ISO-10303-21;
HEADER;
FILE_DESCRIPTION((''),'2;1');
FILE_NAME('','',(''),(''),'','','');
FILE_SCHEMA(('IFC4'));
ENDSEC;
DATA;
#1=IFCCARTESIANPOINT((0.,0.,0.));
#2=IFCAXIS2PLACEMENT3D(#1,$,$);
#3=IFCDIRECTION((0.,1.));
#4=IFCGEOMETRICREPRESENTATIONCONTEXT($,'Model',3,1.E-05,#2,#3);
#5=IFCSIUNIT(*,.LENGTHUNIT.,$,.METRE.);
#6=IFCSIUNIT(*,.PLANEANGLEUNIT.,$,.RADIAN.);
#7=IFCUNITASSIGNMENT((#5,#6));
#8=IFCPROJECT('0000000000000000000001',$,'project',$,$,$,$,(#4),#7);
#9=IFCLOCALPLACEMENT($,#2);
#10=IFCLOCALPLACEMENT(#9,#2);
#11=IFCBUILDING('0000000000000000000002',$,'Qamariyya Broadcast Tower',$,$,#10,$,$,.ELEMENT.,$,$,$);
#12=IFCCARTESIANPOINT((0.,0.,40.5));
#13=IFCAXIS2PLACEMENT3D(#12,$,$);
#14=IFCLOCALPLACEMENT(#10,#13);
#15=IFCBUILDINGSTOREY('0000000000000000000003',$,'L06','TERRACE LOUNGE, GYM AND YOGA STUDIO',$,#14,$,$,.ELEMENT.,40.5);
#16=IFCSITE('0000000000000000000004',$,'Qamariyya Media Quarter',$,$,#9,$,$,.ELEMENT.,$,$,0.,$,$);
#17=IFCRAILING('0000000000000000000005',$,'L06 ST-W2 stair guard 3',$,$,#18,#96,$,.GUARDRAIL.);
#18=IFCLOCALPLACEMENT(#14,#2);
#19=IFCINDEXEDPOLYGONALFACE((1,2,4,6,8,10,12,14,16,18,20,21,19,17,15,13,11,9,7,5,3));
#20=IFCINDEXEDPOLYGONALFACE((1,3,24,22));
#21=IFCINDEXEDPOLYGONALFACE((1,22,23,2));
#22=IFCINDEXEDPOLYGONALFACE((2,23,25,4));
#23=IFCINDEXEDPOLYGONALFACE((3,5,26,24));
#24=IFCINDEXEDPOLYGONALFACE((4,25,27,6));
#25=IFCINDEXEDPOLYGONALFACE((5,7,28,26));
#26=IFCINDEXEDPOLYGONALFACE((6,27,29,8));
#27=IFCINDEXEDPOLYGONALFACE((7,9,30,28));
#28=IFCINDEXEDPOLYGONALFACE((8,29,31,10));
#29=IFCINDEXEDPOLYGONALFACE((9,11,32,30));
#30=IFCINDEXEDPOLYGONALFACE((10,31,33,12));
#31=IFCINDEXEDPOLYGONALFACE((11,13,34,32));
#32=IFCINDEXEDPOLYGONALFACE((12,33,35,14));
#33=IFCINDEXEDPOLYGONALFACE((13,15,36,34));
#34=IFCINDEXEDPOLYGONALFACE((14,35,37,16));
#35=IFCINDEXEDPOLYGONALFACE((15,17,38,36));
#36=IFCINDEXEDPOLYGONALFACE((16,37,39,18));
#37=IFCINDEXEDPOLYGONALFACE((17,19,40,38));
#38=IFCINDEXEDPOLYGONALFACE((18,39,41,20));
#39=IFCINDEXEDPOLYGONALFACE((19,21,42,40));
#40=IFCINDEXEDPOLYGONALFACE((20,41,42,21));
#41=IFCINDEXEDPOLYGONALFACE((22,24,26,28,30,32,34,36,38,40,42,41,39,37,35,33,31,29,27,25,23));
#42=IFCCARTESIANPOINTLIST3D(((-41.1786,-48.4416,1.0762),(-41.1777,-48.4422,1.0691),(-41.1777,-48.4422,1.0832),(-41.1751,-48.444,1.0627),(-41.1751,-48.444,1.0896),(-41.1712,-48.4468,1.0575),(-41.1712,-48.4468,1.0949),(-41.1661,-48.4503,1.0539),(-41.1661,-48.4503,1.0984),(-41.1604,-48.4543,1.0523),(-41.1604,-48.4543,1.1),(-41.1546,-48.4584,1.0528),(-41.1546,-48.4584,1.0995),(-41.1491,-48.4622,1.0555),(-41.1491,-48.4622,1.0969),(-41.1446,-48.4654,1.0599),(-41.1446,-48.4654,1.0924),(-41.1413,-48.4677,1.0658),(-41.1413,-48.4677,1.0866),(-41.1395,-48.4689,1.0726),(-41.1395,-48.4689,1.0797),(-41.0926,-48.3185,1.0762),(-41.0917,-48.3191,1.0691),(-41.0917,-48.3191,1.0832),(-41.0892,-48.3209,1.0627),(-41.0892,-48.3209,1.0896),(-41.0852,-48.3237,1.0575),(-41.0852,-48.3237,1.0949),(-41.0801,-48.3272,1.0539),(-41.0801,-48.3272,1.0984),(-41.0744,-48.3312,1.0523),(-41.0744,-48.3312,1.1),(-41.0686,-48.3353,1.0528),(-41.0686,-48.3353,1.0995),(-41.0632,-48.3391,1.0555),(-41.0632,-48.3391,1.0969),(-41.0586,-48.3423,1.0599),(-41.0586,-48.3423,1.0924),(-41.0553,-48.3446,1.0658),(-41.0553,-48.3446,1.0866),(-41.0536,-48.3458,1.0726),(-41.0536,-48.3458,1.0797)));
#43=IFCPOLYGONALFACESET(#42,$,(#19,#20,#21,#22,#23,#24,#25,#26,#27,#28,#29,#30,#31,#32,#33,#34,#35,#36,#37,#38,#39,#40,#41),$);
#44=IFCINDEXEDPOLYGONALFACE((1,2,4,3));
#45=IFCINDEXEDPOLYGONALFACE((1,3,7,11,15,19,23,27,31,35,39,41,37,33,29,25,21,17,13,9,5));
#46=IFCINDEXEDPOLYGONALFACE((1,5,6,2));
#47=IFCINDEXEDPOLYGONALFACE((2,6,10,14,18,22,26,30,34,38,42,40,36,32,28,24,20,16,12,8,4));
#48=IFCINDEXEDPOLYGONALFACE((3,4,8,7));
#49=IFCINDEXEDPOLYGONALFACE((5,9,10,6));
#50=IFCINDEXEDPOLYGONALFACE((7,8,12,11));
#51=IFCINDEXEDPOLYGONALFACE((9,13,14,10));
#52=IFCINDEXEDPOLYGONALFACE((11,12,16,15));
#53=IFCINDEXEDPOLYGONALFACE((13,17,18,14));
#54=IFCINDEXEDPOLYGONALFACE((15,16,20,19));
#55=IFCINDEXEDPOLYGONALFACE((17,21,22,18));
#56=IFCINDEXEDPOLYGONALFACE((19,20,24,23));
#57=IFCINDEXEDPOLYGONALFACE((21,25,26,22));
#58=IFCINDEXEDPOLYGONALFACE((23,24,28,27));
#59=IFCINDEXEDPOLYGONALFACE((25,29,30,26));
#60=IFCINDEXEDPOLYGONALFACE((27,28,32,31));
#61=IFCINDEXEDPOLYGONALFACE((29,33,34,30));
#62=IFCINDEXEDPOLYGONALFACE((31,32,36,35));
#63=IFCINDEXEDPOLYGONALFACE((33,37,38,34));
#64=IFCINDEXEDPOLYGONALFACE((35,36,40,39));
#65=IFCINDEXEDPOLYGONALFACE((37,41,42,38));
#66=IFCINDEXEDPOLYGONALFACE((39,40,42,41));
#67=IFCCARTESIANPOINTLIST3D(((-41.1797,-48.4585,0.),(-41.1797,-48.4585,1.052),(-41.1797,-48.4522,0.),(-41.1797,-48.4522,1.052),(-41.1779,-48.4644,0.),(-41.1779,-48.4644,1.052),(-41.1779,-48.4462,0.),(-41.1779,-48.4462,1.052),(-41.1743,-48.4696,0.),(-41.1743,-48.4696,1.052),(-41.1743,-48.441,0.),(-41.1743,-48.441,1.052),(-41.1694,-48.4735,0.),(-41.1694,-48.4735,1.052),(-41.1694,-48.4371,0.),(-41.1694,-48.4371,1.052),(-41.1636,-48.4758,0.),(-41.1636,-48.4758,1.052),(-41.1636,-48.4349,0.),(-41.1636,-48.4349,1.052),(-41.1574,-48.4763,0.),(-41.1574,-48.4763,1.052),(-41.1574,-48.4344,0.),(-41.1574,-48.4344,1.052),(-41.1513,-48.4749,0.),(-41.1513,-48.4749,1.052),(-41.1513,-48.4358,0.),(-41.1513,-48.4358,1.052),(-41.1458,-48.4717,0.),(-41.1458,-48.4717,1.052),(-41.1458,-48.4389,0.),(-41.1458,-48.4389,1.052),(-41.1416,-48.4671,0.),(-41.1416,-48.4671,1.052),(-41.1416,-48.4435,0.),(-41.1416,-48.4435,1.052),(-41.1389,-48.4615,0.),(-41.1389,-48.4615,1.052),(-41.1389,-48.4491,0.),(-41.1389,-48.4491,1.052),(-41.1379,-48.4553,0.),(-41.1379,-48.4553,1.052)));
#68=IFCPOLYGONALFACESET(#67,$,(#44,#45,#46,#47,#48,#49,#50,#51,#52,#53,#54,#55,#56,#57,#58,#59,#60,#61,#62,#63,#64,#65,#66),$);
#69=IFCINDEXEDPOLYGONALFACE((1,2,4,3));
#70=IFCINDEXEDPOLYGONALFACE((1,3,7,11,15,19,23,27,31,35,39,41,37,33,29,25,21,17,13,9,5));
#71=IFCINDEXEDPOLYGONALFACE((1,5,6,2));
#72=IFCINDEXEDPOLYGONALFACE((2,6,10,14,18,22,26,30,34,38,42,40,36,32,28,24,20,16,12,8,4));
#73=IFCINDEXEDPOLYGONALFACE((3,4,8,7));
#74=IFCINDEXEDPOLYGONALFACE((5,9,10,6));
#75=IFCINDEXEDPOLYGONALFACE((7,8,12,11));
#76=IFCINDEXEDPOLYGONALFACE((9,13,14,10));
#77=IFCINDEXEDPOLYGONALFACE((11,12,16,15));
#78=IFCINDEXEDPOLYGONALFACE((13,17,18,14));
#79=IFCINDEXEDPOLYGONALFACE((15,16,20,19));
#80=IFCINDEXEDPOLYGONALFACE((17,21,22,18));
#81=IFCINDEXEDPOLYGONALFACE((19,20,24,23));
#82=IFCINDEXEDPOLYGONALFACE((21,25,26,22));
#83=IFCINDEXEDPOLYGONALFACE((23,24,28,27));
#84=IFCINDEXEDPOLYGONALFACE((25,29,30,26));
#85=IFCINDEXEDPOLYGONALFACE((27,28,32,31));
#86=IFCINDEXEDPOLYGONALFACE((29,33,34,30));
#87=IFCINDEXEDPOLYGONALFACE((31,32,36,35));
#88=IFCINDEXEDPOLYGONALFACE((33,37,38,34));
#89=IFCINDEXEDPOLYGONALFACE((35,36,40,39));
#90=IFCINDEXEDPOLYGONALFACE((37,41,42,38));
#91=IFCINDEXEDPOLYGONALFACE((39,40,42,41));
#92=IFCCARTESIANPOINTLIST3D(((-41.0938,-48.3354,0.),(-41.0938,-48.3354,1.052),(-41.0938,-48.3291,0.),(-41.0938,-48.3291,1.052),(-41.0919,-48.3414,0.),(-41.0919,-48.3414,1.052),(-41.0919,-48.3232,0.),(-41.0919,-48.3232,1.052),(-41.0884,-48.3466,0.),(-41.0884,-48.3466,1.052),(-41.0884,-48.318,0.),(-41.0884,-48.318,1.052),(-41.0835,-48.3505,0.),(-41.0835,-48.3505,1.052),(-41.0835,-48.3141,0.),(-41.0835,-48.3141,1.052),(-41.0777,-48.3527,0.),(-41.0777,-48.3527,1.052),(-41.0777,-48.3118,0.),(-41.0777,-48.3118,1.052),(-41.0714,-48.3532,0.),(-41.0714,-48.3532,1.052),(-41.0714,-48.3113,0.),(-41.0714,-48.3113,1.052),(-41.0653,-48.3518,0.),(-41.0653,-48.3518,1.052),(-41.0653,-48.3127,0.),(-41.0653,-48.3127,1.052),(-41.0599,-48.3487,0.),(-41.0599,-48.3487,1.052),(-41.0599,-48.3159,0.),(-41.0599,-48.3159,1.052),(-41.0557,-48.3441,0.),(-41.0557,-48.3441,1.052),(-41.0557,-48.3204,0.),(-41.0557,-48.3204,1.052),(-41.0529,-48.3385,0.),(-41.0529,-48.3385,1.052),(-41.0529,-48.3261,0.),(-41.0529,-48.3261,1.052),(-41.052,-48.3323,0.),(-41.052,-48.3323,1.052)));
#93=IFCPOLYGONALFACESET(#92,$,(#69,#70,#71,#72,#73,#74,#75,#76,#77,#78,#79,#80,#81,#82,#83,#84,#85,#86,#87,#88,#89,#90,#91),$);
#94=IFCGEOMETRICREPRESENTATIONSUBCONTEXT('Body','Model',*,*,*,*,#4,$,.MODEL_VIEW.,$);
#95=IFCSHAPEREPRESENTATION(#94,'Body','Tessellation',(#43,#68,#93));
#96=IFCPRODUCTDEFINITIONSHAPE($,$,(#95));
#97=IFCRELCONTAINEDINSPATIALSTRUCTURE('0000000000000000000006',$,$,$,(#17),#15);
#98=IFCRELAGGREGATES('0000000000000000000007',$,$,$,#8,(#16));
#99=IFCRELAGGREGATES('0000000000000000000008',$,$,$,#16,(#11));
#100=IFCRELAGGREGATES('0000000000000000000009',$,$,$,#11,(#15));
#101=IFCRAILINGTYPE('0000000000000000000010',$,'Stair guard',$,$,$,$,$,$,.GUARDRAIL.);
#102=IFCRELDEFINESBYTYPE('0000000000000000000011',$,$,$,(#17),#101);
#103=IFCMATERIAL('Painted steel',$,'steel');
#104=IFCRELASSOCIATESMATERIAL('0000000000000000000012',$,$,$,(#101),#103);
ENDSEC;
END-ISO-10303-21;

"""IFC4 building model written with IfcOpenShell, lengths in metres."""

from ifc_helpers import new_model, si_unit, direction, frame, origin, origin_2d, place, context, subcontext, project, spatial, circle, extrude, material, type_object, element, save


model = new_model("IFC4")

# Units and contexts
model_context = context("Model", 3, precision=1e-05, world=origin(), true_north=direction((0.0, 1.0)))
body_context = subcontext(model_context, "Body", "Model", "MODEL_VIEW")
ifc_project = project(units=[si_unit("LENGTHUNIT", "METRE"), si_unit("PLANEANGLEUNIT", "RADIAN")], contexts=[model_context])

# Site, building, storey
site_placement = place(None, origin())
site = spatial("IfcSite", under=ifc_project, at=site_placement, Name="Qamariyya Media Quarter", CompositionType="ELEMENT", RefElevation=0.0)
building_placement = place(site_placement, origin())
building = spatial("IfcBuilding", under=site, at=building_placement, Name="Qamariyya Broadcast Tower", CompositionType="ELEMENT")
storey_placement = place(building_placement, frame((0.0, 0.0, 40.5)))
storey = spatial("IfcBuildingStorey", under=building, at=storey_placement, Name="L06", Description="TERRACE LOUNGE, GYM AND YOGA STUDIO", CompositionType="ELEMENT", Elevation=40.5)

# Railing
ifc_material_1 = material(Name="Painted steel", Category="steel")
railing_type_1 = type_object("IfcRailingType", Name="Stair guard", PredefinedType="GUARDRAIL", material=ifc_material_1)
railing_1_placement = place(storey_placement, frame((-41.1589, -48.4553, 0.0)))
element("IfcRailing", 1, at=railing_1_placement, inside=storey, type_object=railing_type_1, Name="L06 ST-W2 stair guard 3", PredefinedType="GUARDRAIL", context=body_context, shape_type="SweptSolid", body=[
    extrude(circle(Radius=0.0239, at=origin_2d()), frame((0.0, 0.0, 1.0762), z_axis=(0.572589, 0.819843, 0.0), x_axis=(-0.819843, 0.572589, 0.0)), (0.0, 0.0, 1.0), 0.1501),
    extrude(circle(Radius=0.021, at=origin_2d()), origin(), (0.0, 0.0, 1.0), 1.052),
    extrude(circle(Radius=0.021, at=origin_2d()), frame((0.0859, 0.123, 0.0)), (0.0, 0.0, 1.0), 1.052),
])

save(model, "model.ifc")
